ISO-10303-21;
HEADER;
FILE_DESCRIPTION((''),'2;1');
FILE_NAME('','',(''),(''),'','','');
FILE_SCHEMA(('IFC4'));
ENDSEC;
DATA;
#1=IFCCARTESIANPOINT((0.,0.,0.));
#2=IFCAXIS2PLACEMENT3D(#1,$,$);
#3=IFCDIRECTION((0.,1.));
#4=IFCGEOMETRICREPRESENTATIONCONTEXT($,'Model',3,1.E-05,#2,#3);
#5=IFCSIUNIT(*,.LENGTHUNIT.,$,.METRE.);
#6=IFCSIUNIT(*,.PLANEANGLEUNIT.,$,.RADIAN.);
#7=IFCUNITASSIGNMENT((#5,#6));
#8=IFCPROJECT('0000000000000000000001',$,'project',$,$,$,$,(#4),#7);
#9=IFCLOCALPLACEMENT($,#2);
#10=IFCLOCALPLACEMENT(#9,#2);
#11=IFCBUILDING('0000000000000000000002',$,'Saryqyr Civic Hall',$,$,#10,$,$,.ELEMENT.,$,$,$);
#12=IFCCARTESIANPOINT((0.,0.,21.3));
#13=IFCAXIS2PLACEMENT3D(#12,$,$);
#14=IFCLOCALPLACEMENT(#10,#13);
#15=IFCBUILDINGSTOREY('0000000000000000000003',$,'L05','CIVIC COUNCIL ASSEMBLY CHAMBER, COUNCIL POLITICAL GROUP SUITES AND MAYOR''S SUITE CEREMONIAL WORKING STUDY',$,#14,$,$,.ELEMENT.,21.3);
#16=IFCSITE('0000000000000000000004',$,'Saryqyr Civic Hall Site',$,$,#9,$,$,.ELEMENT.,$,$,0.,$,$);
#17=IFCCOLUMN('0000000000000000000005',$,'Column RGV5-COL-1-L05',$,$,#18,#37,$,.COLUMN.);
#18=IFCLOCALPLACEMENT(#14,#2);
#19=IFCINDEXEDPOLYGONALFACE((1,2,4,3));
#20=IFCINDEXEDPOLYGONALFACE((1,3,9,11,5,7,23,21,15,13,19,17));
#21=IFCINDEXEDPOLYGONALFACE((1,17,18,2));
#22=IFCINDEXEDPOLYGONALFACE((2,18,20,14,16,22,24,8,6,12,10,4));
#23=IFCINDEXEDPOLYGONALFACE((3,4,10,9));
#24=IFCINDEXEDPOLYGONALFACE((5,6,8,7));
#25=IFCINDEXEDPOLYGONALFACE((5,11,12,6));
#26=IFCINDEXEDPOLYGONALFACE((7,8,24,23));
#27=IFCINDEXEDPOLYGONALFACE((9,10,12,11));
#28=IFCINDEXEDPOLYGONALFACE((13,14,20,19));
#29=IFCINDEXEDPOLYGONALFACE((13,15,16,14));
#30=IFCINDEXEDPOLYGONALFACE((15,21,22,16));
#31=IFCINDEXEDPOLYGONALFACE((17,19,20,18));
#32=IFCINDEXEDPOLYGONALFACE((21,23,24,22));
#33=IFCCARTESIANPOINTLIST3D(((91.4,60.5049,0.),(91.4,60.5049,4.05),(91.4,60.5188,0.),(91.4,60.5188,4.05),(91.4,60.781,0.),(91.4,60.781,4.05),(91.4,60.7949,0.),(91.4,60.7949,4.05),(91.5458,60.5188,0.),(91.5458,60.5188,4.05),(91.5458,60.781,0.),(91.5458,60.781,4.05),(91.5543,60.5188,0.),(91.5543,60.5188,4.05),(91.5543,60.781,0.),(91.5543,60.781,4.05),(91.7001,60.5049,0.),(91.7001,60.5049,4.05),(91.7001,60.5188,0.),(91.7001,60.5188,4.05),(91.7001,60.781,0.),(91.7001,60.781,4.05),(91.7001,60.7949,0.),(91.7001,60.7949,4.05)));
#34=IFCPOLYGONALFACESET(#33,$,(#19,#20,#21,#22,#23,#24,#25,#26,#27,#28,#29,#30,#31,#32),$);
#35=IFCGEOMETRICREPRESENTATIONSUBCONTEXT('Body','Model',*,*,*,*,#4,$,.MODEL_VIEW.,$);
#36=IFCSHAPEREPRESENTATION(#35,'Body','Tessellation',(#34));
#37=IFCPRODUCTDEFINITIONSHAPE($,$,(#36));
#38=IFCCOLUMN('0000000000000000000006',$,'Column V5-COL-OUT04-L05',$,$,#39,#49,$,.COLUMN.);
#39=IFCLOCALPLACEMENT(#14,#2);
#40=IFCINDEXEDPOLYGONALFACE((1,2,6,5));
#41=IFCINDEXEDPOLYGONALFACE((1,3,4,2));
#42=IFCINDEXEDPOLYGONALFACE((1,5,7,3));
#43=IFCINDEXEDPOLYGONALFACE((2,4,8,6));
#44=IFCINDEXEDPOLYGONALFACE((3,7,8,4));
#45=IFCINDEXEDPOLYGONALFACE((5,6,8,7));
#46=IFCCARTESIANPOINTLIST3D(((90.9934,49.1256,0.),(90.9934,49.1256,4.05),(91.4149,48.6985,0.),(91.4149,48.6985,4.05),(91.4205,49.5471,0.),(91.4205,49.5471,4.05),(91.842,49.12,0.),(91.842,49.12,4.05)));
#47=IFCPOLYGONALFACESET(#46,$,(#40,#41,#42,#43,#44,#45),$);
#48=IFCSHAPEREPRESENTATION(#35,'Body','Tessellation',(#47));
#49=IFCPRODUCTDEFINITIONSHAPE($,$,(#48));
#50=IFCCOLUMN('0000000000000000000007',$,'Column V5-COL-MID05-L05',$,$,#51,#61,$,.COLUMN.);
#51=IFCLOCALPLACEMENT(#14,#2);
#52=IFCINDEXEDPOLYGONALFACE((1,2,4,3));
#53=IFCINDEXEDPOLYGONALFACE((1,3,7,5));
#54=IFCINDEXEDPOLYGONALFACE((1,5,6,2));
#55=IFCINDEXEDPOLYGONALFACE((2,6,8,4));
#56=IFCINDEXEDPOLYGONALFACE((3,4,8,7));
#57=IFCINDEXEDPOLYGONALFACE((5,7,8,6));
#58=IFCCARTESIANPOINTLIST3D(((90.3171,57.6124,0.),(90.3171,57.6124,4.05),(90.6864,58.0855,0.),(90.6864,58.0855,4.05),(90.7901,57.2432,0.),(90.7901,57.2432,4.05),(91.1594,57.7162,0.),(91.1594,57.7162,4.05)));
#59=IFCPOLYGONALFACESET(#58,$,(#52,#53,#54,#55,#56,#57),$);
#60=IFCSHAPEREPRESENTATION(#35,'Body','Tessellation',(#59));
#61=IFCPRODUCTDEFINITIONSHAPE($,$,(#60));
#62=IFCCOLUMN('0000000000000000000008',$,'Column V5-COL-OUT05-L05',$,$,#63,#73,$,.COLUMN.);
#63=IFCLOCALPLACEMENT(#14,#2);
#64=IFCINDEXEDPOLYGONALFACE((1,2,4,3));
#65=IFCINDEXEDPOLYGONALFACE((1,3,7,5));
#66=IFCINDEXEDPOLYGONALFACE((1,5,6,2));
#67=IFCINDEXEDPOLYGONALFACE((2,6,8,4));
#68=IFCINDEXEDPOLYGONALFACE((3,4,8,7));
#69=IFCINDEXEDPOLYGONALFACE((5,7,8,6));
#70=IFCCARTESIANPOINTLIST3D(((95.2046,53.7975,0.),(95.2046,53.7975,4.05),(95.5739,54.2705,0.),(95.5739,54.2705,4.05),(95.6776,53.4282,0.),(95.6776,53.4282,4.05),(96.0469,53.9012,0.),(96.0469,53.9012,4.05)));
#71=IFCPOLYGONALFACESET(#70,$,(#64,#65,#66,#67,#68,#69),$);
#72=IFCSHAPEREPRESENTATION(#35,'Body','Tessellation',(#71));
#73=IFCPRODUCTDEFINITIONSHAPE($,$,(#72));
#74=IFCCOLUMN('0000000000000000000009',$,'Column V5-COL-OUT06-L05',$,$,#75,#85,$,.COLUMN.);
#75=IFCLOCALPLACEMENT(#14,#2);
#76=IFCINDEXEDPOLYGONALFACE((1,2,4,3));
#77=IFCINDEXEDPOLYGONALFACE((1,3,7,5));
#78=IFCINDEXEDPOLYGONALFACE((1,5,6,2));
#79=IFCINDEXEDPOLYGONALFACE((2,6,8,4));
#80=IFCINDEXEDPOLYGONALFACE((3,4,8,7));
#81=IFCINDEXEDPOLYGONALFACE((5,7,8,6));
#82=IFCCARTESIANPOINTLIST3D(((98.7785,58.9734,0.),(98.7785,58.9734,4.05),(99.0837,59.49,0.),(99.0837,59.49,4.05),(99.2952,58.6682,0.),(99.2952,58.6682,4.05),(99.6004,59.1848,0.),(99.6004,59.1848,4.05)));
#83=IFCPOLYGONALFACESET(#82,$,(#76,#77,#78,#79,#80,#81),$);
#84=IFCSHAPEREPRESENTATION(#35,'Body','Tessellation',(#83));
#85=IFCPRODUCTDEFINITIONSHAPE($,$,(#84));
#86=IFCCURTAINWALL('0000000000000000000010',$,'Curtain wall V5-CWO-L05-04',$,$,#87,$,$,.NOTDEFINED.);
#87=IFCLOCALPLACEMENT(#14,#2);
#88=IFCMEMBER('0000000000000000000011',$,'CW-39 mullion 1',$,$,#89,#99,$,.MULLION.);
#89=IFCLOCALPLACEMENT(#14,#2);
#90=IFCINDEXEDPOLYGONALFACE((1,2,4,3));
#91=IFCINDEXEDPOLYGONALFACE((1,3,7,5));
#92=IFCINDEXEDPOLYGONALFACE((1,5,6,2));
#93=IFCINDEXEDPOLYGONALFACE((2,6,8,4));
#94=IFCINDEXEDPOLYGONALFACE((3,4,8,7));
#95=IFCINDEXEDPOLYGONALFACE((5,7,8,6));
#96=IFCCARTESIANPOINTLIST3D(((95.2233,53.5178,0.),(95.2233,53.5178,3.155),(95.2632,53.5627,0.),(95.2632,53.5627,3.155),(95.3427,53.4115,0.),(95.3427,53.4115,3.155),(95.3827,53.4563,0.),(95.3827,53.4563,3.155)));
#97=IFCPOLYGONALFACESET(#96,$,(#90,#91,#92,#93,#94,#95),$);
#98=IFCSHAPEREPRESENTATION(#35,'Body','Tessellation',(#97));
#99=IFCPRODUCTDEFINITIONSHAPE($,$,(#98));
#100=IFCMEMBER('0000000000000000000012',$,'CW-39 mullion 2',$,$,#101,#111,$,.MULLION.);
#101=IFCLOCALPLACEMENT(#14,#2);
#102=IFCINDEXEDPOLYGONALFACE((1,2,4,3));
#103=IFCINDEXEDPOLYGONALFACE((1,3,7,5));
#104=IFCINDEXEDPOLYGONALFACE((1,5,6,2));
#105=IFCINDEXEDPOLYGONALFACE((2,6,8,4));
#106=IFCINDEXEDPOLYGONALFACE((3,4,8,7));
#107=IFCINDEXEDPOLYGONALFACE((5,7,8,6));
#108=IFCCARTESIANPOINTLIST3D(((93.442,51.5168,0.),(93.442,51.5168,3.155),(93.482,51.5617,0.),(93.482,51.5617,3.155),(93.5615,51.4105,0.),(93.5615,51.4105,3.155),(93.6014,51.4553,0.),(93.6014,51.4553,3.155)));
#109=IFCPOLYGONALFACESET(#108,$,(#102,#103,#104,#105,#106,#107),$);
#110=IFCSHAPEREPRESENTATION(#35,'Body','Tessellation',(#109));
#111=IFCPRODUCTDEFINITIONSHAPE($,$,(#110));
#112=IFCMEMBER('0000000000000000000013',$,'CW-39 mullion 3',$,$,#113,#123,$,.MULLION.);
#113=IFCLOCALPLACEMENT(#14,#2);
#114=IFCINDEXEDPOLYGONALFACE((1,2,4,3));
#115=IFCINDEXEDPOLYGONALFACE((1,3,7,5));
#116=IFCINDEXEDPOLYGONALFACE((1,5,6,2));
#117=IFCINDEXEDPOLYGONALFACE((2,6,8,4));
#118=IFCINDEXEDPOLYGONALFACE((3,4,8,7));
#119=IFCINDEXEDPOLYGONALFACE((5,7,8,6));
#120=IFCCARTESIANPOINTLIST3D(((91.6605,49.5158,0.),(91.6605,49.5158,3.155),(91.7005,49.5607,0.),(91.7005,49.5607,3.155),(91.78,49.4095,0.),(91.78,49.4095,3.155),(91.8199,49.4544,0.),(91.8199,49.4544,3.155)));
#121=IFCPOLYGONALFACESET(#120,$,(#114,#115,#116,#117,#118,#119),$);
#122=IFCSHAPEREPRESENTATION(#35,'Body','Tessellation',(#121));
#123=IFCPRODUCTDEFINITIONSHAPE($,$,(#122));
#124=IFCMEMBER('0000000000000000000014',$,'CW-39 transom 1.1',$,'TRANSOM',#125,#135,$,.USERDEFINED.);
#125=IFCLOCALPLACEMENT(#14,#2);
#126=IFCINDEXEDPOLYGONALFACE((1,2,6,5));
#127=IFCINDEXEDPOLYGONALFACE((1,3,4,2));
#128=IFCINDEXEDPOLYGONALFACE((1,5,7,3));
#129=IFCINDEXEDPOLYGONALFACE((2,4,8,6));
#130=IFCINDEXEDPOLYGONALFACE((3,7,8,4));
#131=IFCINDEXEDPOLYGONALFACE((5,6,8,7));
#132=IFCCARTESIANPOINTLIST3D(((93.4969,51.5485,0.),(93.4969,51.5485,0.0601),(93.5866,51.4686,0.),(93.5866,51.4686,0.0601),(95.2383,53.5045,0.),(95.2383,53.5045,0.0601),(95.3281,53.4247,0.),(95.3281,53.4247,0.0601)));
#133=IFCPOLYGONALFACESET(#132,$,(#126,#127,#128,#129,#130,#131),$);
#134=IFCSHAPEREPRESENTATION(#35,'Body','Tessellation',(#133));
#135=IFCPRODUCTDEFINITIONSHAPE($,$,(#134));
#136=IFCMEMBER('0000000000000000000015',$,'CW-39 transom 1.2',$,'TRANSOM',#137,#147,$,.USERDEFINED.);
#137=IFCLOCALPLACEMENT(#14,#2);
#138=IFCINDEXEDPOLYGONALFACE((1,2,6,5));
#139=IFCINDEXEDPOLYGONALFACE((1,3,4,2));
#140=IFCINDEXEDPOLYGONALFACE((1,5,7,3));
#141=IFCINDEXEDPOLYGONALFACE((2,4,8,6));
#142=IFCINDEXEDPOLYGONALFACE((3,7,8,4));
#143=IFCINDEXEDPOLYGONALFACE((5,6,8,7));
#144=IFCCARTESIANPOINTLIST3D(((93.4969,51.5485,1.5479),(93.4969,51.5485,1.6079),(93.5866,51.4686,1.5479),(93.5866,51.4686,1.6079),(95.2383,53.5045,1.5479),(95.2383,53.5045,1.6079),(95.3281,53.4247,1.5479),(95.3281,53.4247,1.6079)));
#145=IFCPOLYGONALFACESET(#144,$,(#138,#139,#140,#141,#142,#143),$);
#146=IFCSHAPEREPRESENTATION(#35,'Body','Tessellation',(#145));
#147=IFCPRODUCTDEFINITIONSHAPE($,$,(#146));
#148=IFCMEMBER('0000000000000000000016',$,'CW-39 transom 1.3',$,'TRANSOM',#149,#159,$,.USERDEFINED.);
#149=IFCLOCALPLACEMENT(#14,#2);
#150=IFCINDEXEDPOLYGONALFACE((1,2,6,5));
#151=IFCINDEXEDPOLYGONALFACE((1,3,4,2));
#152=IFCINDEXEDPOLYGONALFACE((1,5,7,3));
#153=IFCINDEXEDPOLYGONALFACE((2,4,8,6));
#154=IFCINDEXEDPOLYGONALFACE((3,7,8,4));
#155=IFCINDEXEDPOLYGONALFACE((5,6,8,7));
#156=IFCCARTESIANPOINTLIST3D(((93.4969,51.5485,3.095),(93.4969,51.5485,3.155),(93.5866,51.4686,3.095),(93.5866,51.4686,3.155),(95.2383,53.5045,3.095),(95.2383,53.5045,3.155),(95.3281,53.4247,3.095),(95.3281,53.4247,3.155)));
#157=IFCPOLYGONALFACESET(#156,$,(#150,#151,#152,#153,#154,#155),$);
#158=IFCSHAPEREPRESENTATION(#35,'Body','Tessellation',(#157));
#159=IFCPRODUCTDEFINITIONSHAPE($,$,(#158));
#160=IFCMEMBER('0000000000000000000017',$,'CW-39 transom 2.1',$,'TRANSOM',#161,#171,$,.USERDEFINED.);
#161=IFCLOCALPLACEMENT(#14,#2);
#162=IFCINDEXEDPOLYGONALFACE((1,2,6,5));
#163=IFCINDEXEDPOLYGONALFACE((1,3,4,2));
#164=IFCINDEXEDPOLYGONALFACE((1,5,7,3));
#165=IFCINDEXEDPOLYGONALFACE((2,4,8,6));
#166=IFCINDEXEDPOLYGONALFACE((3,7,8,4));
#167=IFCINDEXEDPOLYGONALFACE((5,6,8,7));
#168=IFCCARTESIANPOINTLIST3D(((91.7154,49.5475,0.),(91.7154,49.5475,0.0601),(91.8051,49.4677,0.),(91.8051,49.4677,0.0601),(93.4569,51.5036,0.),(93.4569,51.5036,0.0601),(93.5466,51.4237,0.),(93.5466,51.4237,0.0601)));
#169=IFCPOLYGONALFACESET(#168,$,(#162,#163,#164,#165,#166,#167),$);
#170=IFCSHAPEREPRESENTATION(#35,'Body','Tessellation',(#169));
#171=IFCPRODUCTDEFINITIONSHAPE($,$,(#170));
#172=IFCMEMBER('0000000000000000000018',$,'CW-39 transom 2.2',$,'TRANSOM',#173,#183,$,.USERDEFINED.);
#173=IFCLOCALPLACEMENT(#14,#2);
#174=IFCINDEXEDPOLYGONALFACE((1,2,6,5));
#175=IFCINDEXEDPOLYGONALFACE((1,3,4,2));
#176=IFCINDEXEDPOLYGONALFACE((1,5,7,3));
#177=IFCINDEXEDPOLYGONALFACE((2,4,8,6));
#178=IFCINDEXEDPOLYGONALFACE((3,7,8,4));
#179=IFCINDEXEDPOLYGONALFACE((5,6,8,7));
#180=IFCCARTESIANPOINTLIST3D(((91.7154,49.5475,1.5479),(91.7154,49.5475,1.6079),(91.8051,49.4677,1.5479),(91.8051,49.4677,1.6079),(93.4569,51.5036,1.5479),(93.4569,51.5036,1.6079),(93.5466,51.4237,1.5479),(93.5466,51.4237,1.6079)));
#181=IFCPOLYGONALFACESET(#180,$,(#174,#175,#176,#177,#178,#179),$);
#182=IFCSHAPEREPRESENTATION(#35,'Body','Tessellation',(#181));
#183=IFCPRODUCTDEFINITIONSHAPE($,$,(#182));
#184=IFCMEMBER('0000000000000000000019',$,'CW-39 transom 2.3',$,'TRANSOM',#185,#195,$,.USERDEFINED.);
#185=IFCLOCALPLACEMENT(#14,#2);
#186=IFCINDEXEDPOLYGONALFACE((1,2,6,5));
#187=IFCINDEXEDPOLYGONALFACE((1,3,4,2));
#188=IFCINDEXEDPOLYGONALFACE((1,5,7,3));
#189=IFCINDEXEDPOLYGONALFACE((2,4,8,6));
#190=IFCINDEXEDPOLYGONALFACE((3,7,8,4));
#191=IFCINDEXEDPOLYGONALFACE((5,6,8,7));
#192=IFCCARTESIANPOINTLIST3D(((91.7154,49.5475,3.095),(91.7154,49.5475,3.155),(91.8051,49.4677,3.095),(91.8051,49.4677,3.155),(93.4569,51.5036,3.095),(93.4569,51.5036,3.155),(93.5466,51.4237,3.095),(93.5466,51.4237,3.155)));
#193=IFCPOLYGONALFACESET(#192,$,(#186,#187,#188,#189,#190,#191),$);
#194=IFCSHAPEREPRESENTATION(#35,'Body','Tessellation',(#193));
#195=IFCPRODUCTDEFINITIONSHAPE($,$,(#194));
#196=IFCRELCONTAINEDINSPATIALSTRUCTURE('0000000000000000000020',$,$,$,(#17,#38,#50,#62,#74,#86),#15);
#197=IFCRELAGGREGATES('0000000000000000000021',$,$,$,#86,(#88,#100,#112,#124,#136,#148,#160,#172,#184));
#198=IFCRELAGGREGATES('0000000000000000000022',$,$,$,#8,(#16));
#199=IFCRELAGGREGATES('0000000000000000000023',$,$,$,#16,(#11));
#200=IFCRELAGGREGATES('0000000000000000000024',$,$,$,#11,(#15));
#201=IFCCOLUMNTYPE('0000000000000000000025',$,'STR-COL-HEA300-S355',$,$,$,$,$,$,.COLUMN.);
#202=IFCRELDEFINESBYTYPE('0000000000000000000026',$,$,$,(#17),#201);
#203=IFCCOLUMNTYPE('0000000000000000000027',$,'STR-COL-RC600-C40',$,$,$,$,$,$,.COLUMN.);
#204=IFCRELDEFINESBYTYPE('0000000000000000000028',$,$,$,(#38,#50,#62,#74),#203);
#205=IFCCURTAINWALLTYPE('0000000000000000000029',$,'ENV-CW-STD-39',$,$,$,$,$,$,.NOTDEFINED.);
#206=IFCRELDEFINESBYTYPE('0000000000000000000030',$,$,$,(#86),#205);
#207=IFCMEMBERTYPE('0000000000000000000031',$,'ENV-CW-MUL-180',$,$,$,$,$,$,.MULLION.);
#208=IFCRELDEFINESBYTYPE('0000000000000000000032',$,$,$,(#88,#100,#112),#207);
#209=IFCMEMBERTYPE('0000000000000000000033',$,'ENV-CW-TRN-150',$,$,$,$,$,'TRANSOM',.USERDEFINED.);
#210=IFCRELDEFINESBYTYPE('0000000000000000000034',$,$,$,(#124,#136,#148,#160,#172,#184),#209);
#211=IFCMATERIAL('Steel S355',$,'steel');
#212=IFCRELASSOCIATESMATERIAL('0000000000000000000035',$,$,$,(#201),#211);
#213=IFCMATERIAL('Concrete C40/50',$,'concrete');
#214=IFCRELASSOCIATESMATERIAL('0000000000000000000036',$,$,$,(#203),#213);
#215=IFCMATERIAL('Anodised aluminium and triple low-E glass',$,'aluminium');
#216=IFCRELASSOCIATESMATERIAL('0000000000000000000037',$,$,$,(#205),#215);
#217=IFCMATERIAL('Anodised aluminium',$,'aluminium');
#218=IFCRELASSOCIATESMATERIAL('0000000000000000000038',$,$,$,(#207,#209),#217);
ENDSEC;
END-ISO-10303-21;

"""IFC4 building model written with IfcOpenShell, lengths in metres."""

from ifc_helpers import new_model, si_unit, direction, frame, origin, origin_2d, place, context, subcontext, project, spatial, rectangle, i_section, extrude, material, material_profile, profile_set, type_object, element, aggregate, save


model = new_model("IFC4")

# Units and contexts
model_context = context("Model", 3, precision=1e-05, world=origin(), true_north=direction((0.0, 1.0)))
body_context = subcontext(model_context, "Body", "Model", "MODEL_VIEW")
ifc_project = project(units=[si_unit("LENGTHUNIT", "METRE"), si_unit("PLANEANGLEUNIT", "RADIAN")], contexts=[model_context])

# Site, building, storey
site_placement = place(None, origin())
site = spatial("IfcSite", under=ifc_project, at=site_placement, Name="Saryqyr Civic Hall Site", CompositionType="ELEMENT", RefElevation=0.0)
building_placement = place(site_placement, origin())
building = spatial("IfcBuilding", under=site, at=building_placement, Name="Saryqyr Civic Hall", CompositionType="ELEMENT")
storey_placement = place(building_placement, frame((0.0, 0.0, 21.3)))
storey = spatial("IfcBuildingStorey", under=building, at=storey_placement, Name="L05", Description="CIVIC COUNCIL ASSEMBLY CHAMBER, COUNCIL POLITICAL GROUP SUITES AND MAYOR'S SUITE CEREMONIAL WORKING STUDY", CompositionType="ELEMENT", Elevation=21.3)

# Columns
ifc_material_1 = material(Name="Steel S355", Category="steel")
ifc_material_profile_1 = material_profile(ifc_material_1, i_section(OverallWidth=0.3, OverallDepth=0.29, WebThickness=0.0085, FlangeThickness=0.0139, at=origin_2d()), Name="HEA 300")
ifc_profile_set_1 = profile_set([ifc_material_profile_1], Name="Steel S355")
column_type_1 = type_object("IfcColumnType", Name="STR-COL-HEA300-S355", PredefinedType="COLUMN", material=ifc_profile_set_1)
column_placement = place(storey_placement, frame((91.55, 60.6499, 0.0), z_axis=(0.0, 0.0, 1.0), x_axis=(1.0, 0.0, 0.0)))
element("IfcColumn", 1, at=column_placement, inside=storey, type_object=column_type_1, Name="Column RGV5-COL-1-L05", PredefinedType="COLUMN", context=body_context, shape_type="SweptSolid", body=[
    extrude(i_section(OverallWidth=0.3, OverallDepth=0.29, WebThickness=0.0085, FlangeThickness=0.0139, at=origin_2d()), origin(), (0.0, 0.0, 1.0), 4.05),
])
ifc_material_2 = material(Name="Concrete C40/50", Category="concrete")
ifc_material_profile_2 = material_profile(ifc_material_2, rectangle(XDim=0.6001, YDim=0.6001, at=origin_2d()), Name="RC 600x600")
ifc_profile_set_2 = profile_set([ifc_material_profile_2], Name="Concrete C40/50")
column_type_2 = type_object("IfcColumnType", Name="STR-COL-RC600-C40", PredefinedType="COLUMN", material=ifc_profile_set_2)
for number, where, z_axis, x_axis, name in (
    (2, (91.4177, 49.1228, 0.0), (0.0, 0.0, 1.0), (0.702402, -0.711781, 0.0), "Column V5-COL-OUT04-L05"),
    (3, (90.7383, 57.6643, 0.0), (0.0, 0.0, 1.0), (0.788226, -0.615386, 0.0), "Column V5-COL-MID05-L05"),
    (4, (95.6257, 53.8494, 0.0), (0.0, 0.0, 1.0), (0.788226, -0.615386, 0.0), "Column V5-COL-OUT05-L05"),
    (5, (99.1895, 59.0791, 0.0), (0.0, 0.0, 1.0), (0.861008, -0.508591, 0.0), "Column V5-COL-OUT06-L05"),
):
    element("IfcColumn", number, at=place(storey_placement, frame(where, z_axis=z_axis, x_axis=x_axis)), inside=storey, type_object=column_type_2, Name=name, PredefinedType="COLUMN", context=body_context, shape_type="SweptSolid", body=[
        extrude(rectangle(XDim=0.6001, YDim=0.6001, at=origin_2d()), origin(), (0.0, 0.0, 1.0), 4.05),
    ])

# Curtain wall, members
ifc_material_3 = material(Name="Anodised aluminium and triple low-E glass", Category="aluminium")
curtain_wall_type = type_object("IfcCurtainWallType", Name="ENV-CW-STD-39", PredefinedType="NOTDEFINED", material=ifc_material_3)
curtain_wall_placement = place(storey_placement, origin())
curtain_wall = element("IfcCurtainWall", 6, at=curtain_wall_placement, inside=storey, type_object=curtain_wall_type, Name="Curtain wall V5-CWO-L05-04", PredefinedType="NOTDEFINED")
ifc_material_4 = material(Name="Anodised aluminium", Category="aluminium")
ifc_material_profile_3 = material_profile(ifc_material_4, rectangle(XDim=0.0601, YDim=0.1599, at=origin_2d()), Name="ALU MULLION 60x160")
ifc_profile_set_3 = profile_set([ifc_material_profile_3], Name="Anodised aluminium")
member_type_1 = type_object("IfcMemberType", Name="ENV-CW-MUL-180", PredefinedType="MULLION", material=ifc_profile_set_3)
member_1_placement = place(storey_placement, frame((95.303, 53.4871, 0.0), z_axis=(0.0, 0.0, 1.0), x_axis=(-0.664934, -0.746902, 0.0)))
member_1 = element("IfcMember", 7, at=member_1_placement, type_object=member_type_1, Name="CW-39 mullion 1", PredefinedType="MULLION", context=body_context, shape_type="SweptSolid", body=[
    extrude(rectangle(XDim=0.0601, YDim=0.1599, at=origin_2d()), origin(), (0.0, 0.0, 1.0), 3.155),
])
member_2_placement = place(storey_placement, frame((93.5217, 51.4861, 0.0), z_axis=(0.0, 0.0, 1.0), x_axis=(-0.664934, -0.746902, 0.0)))
member_2 = element("IfcMember", 8, at=member_2_placement, type_object=member_type_1, Name="CW-39 mullion 2", PredefinedType="MULLION", context=body_context, shape_type="SweptSolid", body=[
    extrude(rectangle(XDim=0.0601, YDim=0.1599, at=origin_2d()), origin(), (0.0, 0.0, 1.0), 3.155),
])
member_3_placement = place(storey_placement, frame((91.7402, 49.4851, 0.0), z_axis=(0.0, 0.0, 1.0), x_axis=(-0.664934, -0.746902, 0.0)))
member_3 = element("IfcMember", 9, at=member_3_placement, type_object=member_type_1, Name="CW-39 mullion 3", PredefinedType="MULLION", context=body_context, shape_type="SweptSolid", body=[
    extrude(rectangle(XDim=0.0601, YDim=0.1599, at=origin_2d()), origin(), (0.0, 0.0, 1.0), 3.155),
])
ifc_material_profile_4 = material_profile(ifc_material_4, rectangle(XDim=0.1201, YDim=0.0601, at=origin_2d()), Name="ALU TRANSOM 120x60")
ifc_profile_set_4 = profile_set([ifc_material_profile_4], Name="Anodised aluminium")
member_type_2 = type_object("IfcMemberType", Name="ENV-CW-TRN-150", ElementType="TRANSOM", PredefinedType="USERDEFINED", material=ifc_profile_set_4)
member_4_placement = place(storey_placement, frame((95.2832, 53.4646, 0.03), z_axis=(-0.664948, -0.74689, 0.0), x_axis=(0.74689, -0.664948, 0.0)))
member_4 = element("IfcMember", 10, at=member_4_placement, type_object=member_type_2, Name="CW-39 transom 1.1", ObjectType="TRANSOM", PredefinedType="USERDEFINED", context=body_context, shape_type="SweptSolid", body=[
    extrude(rectangle(XDim=0.1201, YDim=0.0601, at=origin_2d()), origin(), (0.0, 0.0, 1.0), 2.6189),
])
member_5_placement = place(storey_placement, frame((95.2832, 53.4646, 1.5779), z_axis=(-0.664948, -0.74689, 0.0), x_axis=(0.74689, -0.664948, 0.0)))
member_5 = element("IfcMember", 11, at=member_5_placement, type_object=member_type_2, Name="CW-39 transom 1.2", ObjectType="TRANSOM", PredefinedType="USERDEFINED", context=body_context, shape_type="SweptSolid", body=[
    extrude(rectangle(XDim=0.1201, YDim=0.0601, at=origin_2d()), origin(), (0.0, 0.0, 1.0), 2.6189),
])
member_6_placement = place(storey_placement, frame((95.2832, 53.4646, 3.125), z_axis=(-0.664948, -0.74689, 0.0), x_axis=(0.74689, -0.664948, 0.0)))
member_6 = element("IfcMember", 12, at=member_6_placement, type_object=member_type_2, Name="CW-39 transom 1.3", ObjectType="TRANSOM", PredefinedType="USERDEFINED", context=body_context, shape_type="SweptSolid", body=[
    extrude(rectangle(XDim=0.1201, YDim=0.0601, at=origin_2d()), origin(), (0.0, 0.0, 1.0), 2.6189),
])
member_7_placement = place(storey_placement, frame((93.5017, 51.4636, 0.03), z_axis=(-0.664948, -0.74689, 0.0), x_axis=(0.74689, -0.664948, 0.0)))
member_7 = element("IfcMember", 13, at=member_7_placement, type_object=member_type_2, Name="CW-39 transom 2.1", ObjectType="TRANSOM", PredefinedType="USERDEFINED", context=body_context, shape_type="SweptSolid", body=[
    extrude(rectangle(XDim=0.1201, YDim=0.0601, at=origin_2d()), origin(), (0.0, 0.0, 1.0), 2.6189),
])
member_8_placement = place(storey_placement, frame((93.5017, 51.4636, 1.5779), z_axis=(-0.664948, -0.74689, 0.0), x_axis=(0.74689, -0.664948, 0.0)))
member_8 = element("IfcMember", 14, at=member_8_placement, type_object=member_type_2, Name="CW-39 transom 2.2", ObjectType="TRANSOM", PredefinedType="USERDEFINED", context=body_context, shape_type="SweptSolid", body=[
    extrude(rectangle(XDim=0.1201, YDim=0.0601, at=origin_2d()), origin(), (0.0, 0.0, 1.0), 2.6189),
])
member_9_placement = place(storey_placement, frame((93.5017, 51.4636, 3.125), z_axis=(-0.664948, -0.74689, 0.0), x_axis=(0.74689, -0.664948, 0.0)))
member_9 = element("IfcMember", 15, at=member_9_placement, type_object=member_type_2, Name="CW-39 transom 2.3", ObjectType="TRANSOM", PredefinedType="USERDEFINED", context=body_context, shape_type="SweptSolid", body=[
    extrude(rectangle(XDim=0.1201, YDim=0.0601, at=origin_2d()), origin(), (0.0, 0.0, 1.0), 2.6189),
])

aggregate(curtain_wall, [member_1, member_2, member_3, member_4, member_5, member_6, member_7, member_8, member_9])

save(model, "model.ifc")
